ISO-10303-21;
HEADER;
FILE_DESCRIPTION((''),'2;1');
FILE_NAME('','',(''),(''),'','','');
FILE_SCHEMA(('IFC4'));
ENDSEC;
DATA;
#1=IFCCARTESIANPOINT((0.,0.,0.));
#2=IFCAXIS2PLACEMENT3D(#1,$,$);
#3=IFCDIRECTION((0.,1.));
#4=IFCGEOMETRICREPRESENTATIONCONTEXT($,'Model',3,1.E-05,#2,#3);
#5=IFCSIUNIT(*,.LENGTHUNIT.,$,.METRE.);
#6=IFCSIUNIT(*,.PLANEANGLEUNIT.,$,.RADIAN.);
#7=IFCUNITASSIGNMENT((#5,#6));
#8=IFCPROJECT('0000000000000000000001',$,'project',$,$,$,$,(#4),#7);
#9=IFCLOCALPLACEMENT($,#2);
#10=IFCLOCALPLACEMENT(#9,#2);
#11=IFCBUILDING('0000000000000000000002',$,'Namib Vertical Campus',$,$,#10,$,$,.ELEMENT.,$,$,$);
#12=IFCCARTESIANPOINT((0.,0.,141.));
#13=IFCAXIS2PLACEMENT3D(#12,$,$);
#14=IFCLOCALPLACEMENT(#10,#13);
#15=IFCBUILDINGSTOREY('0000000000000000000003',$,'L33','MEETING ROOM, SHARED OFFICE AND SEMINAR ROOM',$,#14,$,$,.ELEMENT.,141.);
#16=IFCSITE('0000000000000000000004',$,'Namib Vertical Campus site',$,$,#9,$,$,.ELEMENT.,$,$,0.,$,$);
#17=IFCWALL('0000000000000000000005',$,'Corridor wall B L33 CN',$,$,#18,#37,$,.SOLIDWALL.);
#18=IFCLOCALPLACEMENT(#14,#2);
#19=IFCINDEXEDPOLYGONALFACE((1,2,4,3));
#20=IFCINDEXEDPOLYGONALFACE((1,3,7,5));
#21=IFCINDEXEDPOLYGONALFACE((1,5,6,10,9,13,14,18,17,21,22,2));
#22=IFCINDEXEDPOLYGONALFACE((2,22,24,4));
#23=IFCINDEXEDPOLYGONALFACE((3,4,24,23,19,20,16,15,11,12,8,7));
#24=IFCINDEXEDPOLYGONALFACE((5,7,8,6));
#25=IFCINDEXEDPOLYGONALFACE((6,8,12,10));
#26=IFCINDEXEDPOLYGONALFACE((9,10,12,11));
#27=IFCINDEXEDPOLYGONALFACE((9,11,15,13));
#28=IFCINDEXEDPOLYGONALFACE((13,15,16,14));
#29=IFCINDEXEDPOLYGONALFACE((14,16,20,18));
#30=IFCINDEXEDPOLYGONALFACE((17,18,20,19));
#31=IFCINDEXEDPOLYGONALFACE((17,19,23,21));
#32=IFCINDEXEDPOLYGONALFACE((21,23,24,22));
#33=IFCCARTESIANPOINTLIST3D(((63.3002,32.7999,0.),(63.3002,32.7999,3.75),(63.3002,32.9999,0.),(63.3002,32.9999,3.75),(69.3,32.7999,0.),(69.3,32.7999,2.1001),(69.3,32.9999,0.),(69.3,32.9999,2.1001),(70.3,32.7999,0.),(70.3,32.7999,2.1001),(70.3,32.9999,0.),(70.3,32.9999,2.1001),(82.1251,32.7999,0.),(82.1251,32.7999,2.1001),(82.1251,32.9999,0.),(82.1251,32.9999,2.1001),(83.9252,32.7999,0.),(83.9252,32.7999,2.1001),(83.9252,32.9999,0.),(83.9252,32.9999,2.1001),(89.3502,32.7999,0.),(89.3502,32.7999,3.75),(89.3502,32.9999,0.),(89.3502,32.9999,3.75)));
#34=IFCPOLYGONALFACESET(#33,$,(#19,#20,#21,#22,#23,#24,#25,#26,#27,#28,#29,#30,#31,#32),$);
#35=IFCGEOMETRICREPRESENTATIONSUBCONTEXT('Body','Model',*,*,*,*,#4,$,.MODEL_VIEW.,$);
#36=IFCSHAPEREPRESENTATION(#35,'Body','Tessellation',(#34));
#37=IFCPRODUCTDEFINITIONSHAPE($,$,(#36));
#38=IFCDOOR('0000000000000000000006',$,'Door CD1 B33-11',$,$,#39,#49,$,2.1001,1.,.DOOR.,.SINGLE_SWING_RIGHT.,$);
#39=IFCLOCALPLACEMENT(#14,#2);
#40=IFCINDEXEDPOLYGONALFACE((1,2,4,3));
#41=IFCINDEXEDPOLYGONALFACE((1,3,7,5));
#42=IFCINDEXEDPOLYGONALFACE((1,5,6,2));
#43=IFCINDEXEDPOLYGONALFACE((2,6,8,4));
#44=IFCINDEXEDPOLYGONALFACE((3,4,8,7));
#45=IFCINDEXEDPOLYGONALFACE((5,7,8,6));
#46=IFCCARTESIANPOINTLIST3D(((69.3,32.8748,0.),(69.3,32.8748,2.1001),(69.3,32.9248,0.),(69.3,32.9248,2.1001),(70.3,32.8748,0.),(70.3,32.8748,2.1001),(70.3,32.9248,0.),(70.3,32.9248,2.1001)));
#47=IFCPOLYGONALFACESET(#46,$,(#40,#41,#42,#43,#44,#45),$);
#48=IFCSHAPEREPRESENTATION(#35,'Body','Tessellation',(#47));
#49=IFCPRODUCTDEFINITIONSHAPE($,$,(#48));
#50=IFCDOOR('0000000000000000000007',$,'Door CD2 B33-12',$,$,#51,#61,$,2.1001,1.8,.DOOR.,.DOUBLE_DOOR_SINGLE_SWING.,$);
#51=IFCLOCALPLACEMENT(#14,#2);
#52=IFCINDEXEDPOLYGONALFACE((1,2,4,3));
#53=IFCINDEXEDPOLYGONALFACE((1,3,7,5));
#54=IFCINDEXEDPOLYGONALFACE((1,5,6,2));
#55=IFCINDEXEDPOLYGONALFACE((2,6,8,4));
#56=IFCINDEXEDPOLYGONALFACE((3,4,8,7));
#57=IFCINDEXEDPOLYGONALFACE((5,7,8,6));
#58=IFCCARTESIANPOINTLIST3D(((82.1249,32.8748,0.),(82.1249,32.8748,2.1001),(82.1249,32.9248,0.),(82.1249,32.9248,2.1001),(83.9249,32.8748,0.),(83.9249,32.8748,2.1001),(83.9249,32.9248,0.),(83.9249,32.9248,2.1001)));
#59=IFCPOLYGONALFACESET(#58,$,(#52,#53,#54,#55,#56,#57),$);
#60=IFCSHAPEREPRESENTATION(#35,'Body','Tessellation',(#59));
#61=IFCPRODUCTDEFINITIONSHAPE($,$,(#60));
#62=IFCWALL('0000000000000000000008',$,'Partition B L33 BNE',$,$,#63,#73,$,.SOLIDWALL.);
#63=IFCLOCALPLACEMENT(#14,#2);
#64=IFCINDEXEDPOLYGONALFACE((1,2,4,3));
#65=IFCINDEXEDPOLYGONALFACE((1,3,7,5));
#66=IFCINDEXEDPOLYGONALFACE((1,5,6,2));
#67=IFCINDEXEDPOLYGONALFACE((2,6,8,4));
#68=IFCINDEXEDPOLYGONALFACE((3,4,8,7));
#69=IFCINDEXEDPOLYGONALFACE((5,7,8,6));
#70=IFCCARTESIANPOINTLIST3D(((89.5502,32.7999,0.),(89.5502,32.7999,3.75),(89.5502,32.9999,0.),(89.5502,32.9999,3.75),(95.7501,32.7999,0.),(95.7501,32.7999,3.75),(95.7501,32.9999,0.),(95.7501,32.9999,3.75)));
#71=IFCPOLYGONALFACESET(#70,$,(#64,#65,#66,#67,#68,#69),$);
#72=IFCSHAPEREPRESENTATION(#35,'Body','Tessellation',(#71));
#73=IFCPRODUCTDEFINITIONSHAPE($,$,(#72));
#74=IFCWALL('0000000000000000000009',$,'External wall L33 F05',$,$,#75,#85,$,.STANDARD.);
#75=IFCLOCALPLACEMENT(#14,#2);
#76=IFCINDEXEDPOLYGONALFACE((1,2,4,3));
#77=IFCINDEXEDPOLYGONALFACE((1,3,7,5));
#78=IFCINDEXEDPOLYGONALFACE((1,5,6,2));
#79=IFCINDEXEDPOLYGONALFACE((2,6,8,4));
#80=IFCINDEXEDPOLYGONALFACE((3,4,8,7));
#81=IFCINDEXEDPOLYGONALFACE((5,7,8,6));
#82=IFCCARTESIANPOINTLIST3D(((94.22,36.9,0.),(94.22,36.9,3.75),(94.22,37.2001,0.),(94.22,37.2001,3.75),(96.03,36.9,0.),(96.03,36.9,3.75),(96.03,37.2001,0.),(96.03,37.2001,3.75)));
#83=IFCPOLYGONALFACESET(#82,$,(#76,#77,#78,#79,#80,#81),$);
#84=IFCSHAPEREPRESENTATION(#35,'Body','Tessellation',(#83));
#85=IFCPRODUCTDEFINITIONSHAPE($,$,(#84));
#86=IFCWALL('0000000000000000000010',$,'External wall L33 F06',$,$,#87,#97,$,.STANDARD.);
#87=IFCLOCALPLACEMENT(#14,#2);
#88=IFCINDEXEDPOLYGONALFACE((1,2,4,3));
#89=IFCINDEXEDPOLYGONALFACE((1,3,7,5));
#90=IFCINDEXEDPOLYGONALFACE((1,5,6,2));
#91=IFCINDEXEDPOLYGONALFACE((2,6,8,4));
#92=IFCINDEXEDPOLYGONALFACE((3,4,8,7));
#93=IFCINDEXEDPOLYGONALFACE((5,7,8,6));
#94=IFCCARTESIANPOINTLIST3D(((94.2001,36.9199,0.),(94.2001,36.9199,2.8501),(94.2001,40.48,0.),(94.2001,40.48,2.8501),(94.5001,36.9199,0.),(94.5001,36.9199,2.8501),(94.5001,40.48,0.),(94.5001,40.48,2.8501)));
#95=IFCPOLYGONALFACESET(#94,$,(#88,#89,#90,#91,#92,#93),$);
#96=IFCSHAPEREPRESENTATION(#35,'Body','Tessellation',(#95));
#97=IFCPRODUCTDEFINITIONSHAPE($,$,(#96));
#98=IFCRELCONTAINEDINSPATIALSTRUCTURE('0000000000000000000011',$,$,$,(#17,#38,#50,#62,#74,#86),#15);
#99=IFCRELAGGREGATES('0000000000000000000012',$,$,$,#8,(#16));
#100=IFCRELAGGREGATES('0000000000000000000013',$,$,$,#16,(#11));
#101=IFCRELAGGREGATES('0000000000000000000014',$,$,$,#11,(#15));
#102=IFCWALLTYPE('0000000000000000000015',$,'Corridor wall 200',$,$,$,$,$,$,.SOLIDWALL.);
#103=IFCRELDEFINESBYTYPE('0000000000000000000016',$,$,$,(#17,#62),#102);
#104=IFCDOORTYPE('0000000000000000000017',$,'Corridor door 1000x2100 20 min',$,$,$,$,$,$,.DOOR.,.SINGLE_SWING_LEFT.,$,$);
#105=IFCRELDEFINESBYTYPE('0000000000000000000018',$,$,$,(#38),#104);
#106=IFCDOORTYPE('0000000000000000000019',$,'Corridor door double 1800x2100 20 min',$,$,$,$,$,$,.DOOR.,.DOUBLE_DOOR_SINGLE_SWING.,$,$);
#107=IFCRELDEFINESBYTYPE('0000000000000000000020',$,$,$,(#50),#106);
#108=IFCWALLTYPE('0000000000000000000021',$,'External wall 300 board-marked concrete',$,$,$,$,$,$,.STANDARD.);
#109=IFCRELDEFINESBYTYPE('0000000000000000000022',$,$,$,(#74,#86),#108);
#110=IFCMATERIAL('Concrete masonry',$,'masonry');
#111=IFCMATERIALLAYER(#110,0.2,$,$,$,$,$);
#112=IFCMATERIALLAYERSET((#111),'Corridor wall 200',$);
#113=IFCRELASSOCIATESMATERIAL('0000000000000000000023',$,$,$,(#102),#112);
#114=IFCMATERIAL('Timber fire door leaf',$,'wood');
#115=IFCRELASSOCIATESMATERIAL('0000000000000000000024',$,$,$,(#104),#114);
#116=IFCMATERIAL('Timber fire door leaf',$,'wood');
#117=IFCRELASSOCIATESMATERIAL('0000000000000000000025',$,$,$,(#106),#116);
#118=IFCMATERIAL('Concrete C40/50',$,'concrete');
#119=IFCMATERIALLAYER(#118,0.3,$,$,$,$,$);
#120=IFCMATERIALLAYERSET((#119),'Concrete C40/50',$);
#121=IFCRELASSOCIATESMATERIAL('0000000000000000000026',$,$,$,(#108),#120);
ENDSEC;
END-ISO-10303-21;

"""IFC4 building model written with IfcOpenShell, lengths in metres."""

from ifc_helpers import new_model, si_unit, direction, frame, frame_2d, origin, place, context, subcontext, project, spatial, rectangle, extrude, material, layer, layer_set, type_object, element, fill, save


model = new_model("IFC4")

# Units and contexts
model_context = context("Model", 3, precision=1e-05, world=origin(), true_north=direction((0.0, 1.0)))
body_context = subcontext(model_context, "Body", "Model", "MODEL_VIEW")
ifc_project = project(units=[si_unit("LENGTHUNIT", "METRE"), si_unit("PLANEANGLEUNIT", "RADIAN")], contexts=[model_context])

# Site, building, storey
site_placement = place(None, origin())
site = spatial("IfcSite", under=ifc_project, at=site_placement, Name="Namib Vertical Campus site", CompositionType="ELEMENT", RefElevation=0.0)
building_placement = place(site_placement, origin())
building = spatial("IfcBuilding", under=site, at=building_placement, Name="Namib Vertical Campus", CompositionType="ELEMENT")
storey_placement = place(building_placement, frame((0.0, 0.0, 141.0)))
storey = spatial("IfcBuildingStorey", under=building, at=storey_placement, Name="L33", Description="MEETING ROOM, SHARED OFFICE AND SEMINAR ROOM", CompositionType="ELEMENT", Elevation=141.0)

# Wall, openings, doors
ifc_material_1 = material(Name="Concrete masonry", Category="masonry")
ifc_layer_1 = layer(ifc_material_1, 0.2)
ifc_layer_set_1 = layer_set([ifc_layer_1], Name="Corridor wall 200")
wall_type_1 = type_object("IfcWallType", Name="Corridor wall 200", PredefinedType="SOLIDWALL", material=ifc_layer_set_1)
wall_1_placement = place(storey_placement, frame((89.3501, 32.8999, 0.0), z_axis=(0.0, 0.0, 1.0), x_axis=(-1.0, 0.0, 0.0)))
wall_1 = element("IfcWall", 1, at=wall_1_placement, inside=storey, type_object=wall_type_1, Name="Corridor wall B L33 CN", PredefinedType="SOLIDWALL", context=body_context, shape_type="SweptSolid", body=[
    extrude(rectangle(XDim=26.05, YDim=0.2, at=frame_2d((13.0249, 0.0))), origin(), (0.0, 0.0, 1.0), 3.75),
])
opening_1_placement = place(wall_1_placement, frame((19.05, 0.0, 0.0)))
opening_1 = element("IfcOpeningElement", 2, at=opening_1_placement, cuts=wall_1, PredefinedType="OPENING", context=body_context, shape_type="SweptSolid", body=[
    extrude(rectangle(XDim=1.0, YDim=2.1001, at=frame_2d((0.5, 1.05))), frame((0.0, 0.1099, 0.0), z_axis=(0.0, -1.0, 0.0), x_axis=(1.0, 0.0, 0.0)), (0.0, 0.0, 1.0), 0.22),
])
opening_2_placement = place(wall_1_placement, frame((5.425, 0.0, 0.0)))
opening_2 = element("IfcOpeningElement", 3, at=opening_2_placement, cuts=wall_1, PredefinedType="OPENING", context=body_context, shape_type="SweptSolid", body=[
    extrude(rectangle(XDim=1.8, YDim=2.1001, at=frame_2d((0.8999, 1.05))), frame((0.0, 0.1099, 0.0), z_axis=(0.0, -1.0, 0.0), x_axis=(1.0, 0.0, 0.0)), (0.0, 0.0, 1.0), 0.22),
])
ifc_material_2 = material(Name="Timber fire door leaf", Category="wood")
door_type_1 = type_object("IfcDoorType", Name="Corridor door 1000x2100 20 min", OperationType="SINGLE_SWING_LEFT", PredefinedType="DOOR", material=ifc_material_2)
door_1_placement = place(opening_1_placement, frame((1.0, 0.0, 0.0), z_axis=(0.0, 0.0, 1.0), x_axis=(-1.0, 0.0, 0.0)))
door_1 = element("IfcDoor", 4, at=door_1_placement, inside=storey, type_object=door_type_1, Name="Door CD1 B33-11", OperationType="SINGLE_SWING_RIGHT", OverallHeight=2.1001, OverallWidth=1.0, PredefinedType="DOOR", context=body_context, shape_type="SweptSolid", body=[
    extrude(rectangle(XDim=1.0, YDim=2.1001, at=frame_2d((0.5, 1.05))), frame((0.0, 0.0249, 0.0), z_axis=(0.0, -1.0, 0.0), x_axis=(1.0, 0.0, 0.0)), (0.0, 0.0, 1.0), 0.05),
])
fill(opening_1, door_1)
ifc_material_3 = material(Name="Timber fire door leaf", Category="wood")
door_type_2 = type_object("IfcDoorType", Name="Corridor door double 1800x2100 20 min", OperationType="DOUBLE_DOOR_SINGLE_SWING", PredefinedType="DOOR", material=ifc_material_3)
door_2_placement = place(opening_2_placement, frame((1.8, 0.0, 0.0), z_axis=(0.0, 0.0, 1.0), x_axis=(-1.0, 0.0, 0.0)))
door_2 = element("IfcDoor", 5, at=door_2_placement, inside=storey, type_object=door_type_2, Name="Door CD2 B33-12", OperationType="DOUBLE_DOOR_SINGLE_SWING", OverallHeight=2.1001, OverallWidth=1.8, PredefinedType="DOOR", context=body_context, shape_type="SweptSolid", body=[
    extrude(rectangle(XDim=1.8, YDim=2.1001, at=frame_2d((0.8999, 1.05))), frame((0.0, 0.0249, 0.0), z_axis=(0.0, -1.0, 0.0), x_axis=(1.0, 0.0, 0.0)), (0.0, 0.0, 1.0), 0.05),
])
fill(opening_2, door_2)

# Walls
wall_2_placement = place(storey_placement, frame((89.55, 32.8999, 0.0), z_axis=(0.0, 0.0, 1.0), x_axis=(1.0, 0.0, 0.0)))
element("IfcWall", 6, at=wall_2_placement, inside=storey, type_object=wall_type_1, Name="Partition B L33 BNE", PredefinedType="SOLIDWALL", context=body_context, shape_type="SweptSolid", body=[
    extrude(rectangle(XDim=6.2, YDim=0.2, at=frame_2d((3.1001, 0.0))), origin(), (0.0, 0.0, 1.0), 3.75),
])
ifc_material_4 = material(Name="Concrete C40/50", Category="concrete")
ifc_layer_2 = layer(ifc_material_4, 0.3)
ifc_layer_set_2 = layer_set([ifc_layer_2], Name="Concrete C40/50")
wall_type_2 = type_object("IfcWallType", Name="External wall 300 board-marked concrete", PredefinedType="STANDARD", material=ifc_layer_set_2)
wall_3_placement = place(storey_placement, frame((96.03, 37.05, 0.0), z_axis=(0.0, 0.0, 1.0), x_axis=(-1.0, 0.0, 0.0)))
element("IfcWall", 7, at=wall_3_placement, inside=storey, type_object=wall_type_2, Name="External wall L33 F05", PredefinedType="STANDARD", context=body_context, shape_type="SweptSolid", body=[
    extrude(rectangle(XDim=1.8101, YDim=0.3, at=frame_2d((0.905, 0.0))), origin(), (0.0, 0.0, 1.0), 3.75),
])
wall_4_placement = place(storey_placement, frame((94.3501, 36.9199, 0.0), z_axis=(0.0, 0.0, 1.0), x_axis=(0.0, 1.0, 0.0)))
element("IfcWall", 8, at=wall_4_placement, inside=storey, type_object=wall_type_2, Name="External wall L33 F06", PredefinedType="STANDARD", context=body_context, shape_type="SweptSolid", body=[
    extrude(rectangle(XDim=3.5601, YDim=0.3, at=frame_2d((1.78, 0.0))), origin(), (0.0, 0.0, 1.0), 2.8501),
])

save(model, "model.ifc")
